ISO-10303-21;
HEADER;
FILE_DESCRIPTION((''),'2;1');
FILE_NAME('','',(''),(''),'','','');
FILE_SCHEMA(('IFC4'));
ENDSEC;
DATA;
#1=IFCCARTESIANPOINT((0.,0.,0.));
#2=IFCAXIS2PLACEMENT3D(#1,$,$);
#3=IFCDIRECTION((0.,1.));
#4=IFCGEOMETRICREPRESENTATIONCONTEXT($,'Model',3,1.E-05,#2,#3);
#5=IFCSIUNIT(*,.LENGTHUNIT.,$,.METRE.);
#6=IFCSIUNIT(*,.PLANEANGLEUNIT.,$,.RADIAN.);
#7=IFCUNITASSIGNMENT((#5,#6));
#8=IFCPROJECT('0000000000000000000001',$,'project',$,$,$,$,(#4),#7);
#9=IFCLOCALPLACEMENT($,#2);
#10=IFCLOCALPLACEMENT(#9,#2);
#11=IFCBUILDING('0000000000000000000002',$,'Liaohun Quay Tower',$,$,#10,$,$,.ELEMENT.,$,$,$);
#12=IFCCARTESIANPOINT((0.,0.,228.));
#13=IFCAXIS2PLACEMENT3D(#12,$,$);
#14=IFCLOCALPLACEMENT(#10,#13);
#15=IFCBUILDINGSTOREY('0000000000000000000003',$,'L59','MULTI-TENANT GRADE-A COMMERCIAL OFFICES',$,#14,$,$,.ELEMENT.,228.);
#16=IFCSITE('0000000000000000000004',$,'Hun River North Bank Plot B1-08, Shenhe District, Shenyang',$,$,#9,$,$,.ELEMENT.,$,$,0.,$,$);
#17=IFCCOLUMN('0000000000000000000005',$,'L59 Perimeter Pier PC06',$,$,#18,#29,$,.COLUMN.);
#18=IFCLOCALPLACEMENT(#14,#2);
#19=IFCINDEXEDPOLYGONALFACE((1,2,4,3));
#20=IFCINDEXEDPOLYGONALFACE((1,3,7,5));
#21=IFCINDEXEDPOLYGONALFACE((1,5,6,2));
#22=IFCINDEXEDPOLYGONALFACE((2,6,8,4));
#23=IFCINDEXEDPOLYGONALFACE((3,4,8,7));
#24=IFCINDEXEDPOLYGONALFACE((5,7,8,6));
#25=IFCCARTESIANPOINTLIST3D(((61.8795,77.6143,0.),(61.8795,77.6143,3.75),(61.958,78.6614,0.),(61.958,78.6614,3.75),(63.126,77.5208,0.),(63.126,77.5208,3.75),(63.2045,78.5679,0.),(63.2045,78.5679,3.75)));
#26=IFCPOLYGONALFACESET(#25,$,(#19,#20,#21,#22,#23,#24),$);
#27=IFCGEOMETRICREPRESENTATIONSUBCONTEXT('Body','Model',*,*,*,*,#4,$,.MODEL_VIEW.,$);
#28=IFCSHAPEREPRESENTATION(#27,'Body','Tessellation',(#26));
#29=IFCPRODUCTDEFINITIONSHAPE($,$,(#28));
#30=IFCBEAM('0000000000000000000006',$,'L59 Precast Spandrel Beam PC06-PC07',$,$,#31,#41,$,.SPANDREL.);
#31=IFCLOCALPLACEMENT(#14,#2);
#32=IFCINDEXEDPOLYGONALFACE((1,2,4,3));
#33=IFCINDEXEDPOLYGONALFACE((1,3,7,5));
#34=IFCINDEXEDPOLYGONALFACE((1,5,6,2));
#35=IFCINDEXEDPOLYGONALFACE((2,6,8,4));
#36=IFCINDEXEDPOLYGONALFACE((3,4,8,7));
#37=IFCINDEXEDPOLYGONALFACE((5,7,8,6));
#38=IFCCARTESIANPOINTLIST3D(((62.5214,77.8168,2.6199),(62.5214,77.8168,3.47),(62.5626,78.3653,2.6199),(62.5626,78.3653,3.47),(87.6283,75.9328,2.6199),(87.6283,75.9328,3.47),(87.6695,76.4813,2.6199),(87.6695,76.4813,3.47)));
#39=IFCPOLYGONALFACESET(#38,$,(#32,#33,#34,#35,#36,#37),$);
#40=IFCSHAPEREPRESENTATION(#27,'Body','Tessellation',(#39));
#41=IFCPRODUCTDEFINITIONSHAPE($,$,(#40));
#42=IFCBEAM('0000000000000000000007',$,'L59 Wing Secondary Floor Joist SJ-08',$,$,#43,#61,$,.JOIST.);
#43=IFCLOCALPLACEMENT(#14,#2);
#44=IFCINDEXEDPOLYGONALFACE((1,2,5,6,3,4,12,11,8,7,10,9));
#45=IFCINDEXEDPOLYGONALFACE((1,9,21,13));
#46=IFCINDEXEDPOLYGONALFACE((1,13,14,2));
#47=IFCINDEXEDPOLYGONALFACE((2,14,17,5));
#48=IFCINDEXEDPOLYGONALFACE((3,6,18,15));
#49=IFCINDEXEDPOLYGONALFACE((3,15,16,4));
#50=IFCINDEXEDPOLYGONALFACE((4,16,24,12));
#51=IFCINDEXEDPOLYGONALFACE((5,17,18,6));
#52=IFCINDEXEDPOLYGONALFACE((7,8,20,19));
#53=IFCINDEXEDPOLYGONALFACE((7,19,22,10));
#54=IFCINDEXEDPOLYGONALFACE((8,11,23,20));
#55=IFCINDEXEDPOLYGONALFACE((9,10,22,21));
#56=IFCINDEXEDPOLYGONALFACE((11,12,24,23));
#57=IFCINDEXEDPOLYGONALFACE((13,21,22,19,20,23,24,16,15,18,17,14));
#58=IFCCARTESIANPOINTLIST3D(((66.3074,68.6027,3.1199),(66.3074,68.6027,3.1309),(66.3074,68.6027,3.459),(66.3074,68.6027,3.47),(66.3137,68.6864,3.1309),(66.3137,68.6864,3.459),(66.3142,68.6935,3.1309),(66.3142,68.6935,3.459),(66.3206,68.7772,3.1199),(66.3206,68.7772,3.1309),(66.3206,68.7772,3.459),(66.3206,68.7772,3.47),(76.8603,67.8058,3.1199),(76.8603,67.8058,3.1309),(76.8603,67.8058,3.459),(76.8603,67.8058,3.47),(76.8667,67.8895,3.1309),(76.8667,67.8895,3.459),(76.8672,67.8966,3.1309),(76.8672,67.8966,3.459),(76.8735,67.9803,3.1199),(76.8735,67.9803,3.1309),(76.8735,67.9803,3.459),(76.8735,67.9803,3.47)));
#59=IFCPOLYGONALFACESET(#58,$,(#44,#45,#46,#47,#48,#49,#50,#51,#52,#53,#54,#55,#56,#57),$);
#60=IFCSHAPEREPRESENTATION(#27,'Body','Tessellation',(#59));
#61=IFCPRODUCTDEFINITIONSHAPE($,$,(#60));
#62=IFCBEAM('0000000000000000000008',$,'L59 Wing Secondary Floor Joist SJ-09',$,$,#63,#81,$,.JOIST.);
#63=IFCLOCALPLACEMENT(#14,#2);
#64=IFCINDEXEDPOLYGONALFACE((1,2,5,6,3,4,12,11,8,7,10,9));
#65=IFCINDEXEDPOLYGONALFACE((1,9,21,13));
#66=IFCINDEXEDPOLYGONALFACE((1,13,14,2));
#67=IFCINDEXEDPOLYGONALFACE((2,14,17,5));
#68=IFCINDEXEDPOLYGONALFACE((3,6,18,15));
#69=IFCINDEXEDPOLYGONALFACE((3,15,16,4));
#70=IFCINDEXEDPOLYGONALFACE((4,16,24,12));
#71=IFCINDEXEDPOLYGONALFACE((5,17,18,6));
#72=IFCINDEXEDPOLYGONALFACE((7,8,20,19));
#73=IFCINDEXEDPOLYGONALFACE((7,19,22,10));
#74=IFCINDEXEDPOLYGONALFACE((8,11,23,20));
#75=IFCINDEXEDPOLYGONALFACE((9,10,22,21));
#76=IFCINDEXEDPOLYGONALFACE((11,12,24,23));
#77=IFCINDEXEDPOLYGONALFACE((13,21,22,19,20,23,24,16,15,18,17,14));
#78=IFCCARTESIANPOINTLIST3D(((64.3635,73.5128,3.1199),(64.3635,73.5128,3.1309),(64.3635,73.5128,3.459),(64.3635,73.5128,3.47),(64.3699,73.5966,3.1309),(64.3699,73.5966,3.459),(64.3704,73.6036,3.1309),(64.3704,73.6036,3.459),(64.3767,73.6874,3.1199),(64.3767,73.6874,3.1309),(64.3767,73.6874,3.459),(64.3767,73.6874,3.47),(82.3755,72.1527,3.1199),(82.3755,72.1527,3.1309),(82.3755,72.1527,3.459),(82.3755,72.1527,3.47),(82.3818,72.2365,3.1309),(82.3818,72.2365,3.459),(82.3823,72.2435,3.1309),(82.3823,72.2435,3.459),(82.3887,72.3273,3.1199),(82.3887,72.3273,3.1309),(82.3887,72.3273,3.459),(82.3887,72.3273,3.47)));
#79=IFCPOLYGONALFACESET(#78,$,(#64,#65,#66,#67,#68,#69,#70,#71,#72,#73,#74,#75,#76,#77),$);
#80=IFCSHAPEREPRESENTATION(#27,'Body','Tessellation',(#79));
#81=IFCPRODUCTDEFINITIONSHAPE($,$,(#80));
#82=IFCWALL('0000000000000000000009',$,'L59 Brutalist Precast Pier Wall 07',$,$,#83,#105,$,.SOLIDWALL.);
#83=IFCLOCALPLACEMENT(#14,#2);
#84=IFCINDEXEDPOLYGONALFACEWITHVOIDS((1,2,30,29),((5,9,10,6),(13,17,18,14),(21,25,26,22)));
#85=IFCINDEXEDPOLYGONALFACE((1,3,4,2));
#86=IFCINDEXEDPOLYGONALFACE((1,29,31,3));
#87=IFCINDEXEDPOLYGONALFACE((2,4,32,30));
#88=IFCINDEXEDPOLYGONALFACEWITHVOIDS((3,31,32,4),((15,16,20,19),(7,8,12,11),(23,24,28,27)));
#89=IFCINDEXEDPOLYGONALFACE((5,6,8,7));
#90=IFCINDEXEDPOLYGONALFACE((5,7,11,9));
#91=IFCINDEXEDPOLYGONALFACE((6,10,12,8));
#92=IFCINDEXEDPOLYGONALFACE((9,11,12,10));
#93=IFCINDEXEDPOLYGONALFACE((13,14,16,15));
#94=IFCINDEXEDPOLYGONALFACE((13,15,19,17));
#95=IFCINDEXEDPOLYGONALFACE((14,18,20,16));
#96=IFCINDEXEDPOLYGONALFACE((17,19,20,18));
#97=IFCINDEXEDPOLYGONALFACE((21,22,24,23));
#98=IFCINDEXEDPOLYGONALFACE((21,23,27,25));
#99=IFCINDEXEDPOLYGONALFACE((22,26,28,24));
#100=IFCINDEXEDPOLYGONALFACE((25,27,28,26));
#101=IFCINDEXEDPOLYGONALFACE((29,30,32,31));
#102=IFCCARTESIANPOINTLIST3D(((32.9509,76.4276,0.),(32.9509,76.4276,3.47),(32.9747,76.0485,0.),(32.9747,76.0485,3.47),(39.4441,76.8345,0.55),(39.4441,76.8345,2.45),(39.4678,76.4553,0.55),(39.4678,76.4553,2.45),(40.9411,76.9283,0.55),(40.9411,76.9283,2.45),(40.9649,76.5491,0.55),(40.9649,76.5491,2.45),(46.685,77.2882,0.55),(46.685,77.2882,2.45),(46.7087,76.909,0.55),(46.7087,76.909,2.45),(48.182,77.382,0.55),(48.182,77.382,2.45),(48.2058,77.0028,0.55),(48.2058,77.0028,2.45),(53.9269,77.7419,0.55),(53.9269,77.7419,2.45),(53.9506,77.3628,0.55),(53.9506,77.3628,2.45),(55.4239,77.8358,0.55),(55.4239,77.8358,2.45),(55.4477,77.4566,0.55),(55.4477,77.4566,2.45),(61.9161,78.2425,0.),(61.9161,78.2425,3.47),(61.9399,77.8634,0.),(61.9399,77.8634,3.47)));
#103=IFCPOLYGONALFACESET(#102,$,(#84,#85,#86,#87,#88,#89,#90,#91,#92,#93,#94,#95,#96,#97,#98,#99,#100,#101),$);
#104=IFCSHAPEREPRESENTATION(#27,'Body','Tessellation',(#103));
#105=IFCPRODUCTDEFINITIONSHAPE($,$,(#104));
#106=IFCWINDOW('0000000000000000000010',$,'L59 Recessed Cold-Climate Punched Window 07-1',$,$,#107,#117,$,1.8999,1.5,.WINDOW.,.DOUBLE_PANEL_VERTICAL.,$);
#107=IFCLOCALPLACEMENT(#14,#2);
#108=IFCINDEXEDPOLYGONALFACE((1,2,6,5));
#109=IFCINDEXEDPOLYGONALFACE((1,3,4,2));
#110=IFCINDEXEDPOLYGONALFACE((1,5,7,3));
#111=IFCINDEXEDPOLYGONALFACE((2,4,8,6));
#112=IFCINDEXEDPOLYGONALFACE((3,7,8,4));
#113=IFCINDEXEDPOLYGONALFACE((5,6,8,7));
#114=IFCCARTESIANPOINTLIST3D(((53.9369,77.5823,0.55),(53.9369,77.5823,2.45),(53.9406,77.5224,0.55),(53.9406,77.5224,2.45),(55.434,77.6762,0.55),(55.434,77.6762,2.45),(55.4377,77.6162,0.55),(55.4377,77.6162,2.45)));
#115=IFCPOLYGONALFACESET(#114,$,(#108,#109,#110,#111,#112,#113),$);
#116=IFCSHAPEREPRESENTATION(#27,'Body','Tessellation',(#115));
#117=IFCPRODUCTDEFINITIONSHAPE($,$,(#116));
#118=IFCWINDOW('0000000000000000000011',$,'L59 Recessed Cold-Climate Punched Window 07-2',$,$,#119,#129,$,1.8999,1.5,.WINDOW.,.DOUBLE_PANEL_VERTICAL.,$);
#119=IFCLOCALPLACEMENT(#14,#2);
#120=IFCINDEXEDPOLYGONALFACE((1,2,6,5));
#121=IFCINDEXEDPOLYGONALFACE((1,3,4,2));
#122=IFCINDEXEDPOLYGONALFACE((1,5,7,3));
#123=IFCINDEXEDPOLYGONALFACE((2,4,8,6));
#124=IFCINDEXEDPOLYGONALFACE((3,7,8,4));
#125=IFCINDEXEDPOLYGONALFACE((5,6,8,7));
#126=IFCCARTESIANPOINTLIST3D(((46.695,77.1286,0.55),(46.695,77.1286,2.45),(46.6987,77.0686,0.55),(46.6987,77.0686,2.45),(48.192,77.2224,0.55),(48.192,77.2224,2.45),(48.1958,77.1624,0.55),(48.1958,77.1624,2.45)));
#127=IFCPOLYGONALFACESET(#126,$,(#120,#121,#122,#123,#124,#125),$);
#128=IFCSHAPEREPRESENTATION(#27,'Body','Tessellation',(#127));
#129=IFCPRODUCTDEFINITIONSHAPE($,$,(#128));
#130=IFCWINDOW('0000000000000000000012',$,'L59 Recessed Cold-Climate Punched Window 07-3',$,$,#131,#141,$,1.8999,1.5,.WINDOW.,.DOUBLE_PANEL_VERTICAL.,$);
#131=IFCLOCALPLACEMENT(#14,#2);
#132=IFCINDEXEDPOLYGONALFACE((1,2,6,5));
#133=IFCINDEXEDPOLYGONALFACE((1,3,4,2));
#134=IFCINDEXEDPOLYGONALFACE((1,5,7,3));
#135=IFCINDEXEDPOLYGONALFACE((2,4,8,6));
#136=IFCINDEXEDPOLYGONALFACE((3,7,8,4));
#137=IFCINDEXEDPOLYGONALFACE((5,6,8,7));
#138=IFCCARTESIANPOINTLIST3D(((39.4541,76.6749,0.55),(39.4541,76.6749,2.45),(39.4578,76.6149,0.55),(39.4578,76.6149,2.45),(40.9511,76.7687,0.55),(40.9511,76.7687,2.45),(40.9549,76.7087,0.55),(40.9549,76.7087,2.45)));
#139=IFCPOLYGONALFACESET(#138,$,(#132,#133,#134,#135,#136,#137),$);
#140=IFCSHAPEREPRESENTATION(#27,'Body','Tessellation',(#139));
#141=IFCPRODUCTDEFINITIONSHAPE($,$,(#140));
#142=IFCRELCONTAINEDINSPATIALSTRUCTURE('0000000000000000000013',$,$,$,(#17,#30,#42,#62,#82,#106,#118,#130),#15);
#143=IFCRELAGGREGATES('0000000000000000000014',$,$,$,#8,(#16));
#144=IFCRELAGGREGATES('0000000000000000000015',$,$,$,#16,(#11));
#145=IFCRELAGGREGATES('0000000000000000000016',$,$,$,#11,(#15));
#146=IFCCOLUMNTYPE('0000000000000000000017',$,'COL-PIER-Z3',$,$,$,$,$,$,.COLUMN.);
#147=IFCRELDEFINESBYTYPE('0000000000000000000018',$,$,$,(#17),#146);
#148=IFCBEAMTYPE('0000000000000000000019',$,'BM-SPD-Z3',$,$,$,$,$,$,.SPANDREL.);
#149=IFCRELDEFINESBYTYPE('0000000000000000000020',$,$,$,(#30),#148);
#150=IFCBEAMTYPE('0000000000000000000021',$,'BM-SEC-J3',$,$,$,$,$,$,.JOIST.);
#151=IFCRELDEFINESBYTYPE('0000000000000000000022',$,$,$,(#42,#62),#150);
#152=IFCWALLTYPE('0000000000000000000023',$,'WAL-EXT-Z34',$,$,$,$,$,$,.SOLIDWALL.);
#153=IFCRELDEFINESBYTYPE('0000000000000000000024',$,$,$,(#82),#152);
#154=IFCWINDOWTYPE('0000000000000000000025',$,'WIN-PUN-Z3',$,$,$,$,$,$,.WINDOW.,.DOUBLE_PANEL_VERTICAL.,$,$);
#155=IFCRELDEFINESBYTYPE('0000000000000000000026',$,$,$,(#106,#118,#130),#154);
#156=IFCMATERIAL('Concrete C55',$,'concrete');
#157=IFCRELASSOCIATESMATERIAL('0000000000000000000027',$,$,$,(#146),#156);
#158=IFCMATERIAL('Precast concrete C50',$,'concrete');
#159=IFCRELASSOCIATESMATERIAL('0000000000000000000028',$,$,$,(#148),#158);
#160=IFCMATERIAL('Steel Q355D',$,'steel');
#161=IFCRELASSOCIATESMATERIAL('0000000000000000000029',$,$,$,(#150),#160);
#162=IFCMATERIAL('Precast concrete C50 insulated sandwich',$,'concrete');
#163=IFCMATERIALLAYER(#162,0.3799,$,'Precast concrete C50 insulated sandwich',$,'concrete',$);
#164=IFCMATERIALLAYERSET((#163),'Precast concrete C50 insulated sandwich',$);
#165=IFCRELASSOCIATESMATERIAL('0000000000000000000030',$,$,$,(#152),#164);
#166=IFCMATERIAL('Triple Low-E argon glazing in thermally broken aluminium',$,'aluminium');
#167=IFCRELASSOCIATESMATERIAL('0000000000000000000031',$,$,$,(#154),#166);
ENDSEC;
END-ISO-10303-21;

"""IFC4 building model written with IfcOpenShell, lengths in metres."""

from ifc_helpers import new_model, si_unit, direction, frame, frame_2d, origin, origin_2d, place, context, subcontext, project, spatial, rectangle, i_section, extrude, source, transform, mapped, material, layer, layer_set, material_profile, profile_set, type_object, element, fill, save


model = new_model("IFC4")

# Units and contexts
model_context = context("Model", 3, precision=1e-05, world=origin(), true_north=direction((0.0, 1.0)))
body_context = subcontext(model_context, "Body", "Model", "MODEL_VIEW")
ifc_project = project(units=[si_unit("LENGTHUNIT", "METRE"), si_unit("PLANEANGLEUNIT", "RADIAN")], contexts=[model_context])

# Site, building, storey
site_placement = place(None, origin())
site = spatial("IfcSite", under=ifc_project, at=site_placement, Name="Hun River North Bank Plot B1-08, Shenhe District, Shenyang", CompositionType="ELEMENT", RefElevation=0.0)
building_placement = place(site_placement, origin())
building = spatial("IfcBuilding", under=site, at=building_placement, Name="Liaohun Quay Tower", CompositionType="ELEMENT")
storey_placement = place(building_placement, frame((0.0, 0.0, 228.0)))
storey = spatial("IfcBuildingStorey", under=building, at=storey_placement, Name="L59", Description="MULTI-TENANT GRADE-A COMMERCIAL OFFICES", CompositionType="ELEMENT", Elevation=228.0)

# Column
ifc_material_1 = material(Name="Concrete C55", Category="concrete")
ifc_material_profile_1 = material_profile(ifc_material_1, rectangle(XDim=1.25, YDim=1.05, at=origin_2d()), Name="RC1250x1050")
ifc_profile_set_1 = profile_set([ifc_material_profile_1], Name="Concrete C55")
column_type = type_object("IfcColumnType", Name="COL-PIER-Z3", PredefinedType="COLUMN", material=ifc_profile_set_1)
shared_shape_1 = source(origin(), body_context, "Body", "SweptSolid", [
    extrude(rectangle(XDim=1.25, YDim=1.05, at=origin_2d()), origin(), (0.0, 0.0, 1.0), 3.75),
])
column_placement = place(storey_placement, frame((62.542, 78.0911, 0.0), z_axis=(0.0, 0.0, 1.0), x_axis=(-0.997198, 0.074805, 0.0)))
element("IfcColumn", 1, at=column_placement, inside=storey, type_object=column_type, Name="L59 Perimeter Pier PC06", PredefinedType="COLUMN", context=body_context, shape_type="MappedRepresentation", body=[
    mapped(shared_shape_1, transform((0.0, 0.0, 0.0), x_axis=(1.0, 0.0, 0.0), y_axis=(0.0, 1.0, 0.0), z_axis=(0.0, 0.0, 1.0), scale=1.0)),
])

# Beams
ifc_material_2 = material(Name="Precast concrete C50", Category="concrete")
ifc_material_profile_2 = material_profile(ifc_material_2, rectangle(XDim=0.55, YDim=0.8501, at=origin_2d()), Name="RC550x850")
ifc_profile_set_2 = profile_set([ifc_material_profile_2], Name="Precast concrete C50")
beam_type_1 = type_object("IfcBeamType", Name="BM-SPD-Z3", PredefinedType="SPANDREL", material=ifc_profile_set_2)
shared_shape_2 = source(origin(), body_context, "Body", "SweptSolid", [
    extrude(rectangle(XDim=0.55, YDim=0.8501, at=origin_2d()), origin(), (0.0, 0.0, 1.0), 25.1775),
])
beam_1_placement = place(storey_placement, frame((62.542, 78.0911, 3.0449), z_axis=(0.997196, -0.07483, 0.0), x_axis=(0.07483, 0.997196, 0.0)))
element("IfcBeam", 2, at=beam_1_placement, inside=storey, type_object=beam_type_1, Name="L59 Precast Spandrel Beam PC06-PC07", PredefinedType="SPANDREL", context=body_context, shape_type="MappedRepresentation", body=[
    mapped(shared_shape_2, transform((0.0, 0.0, 0.0), x_axis=(1.0, 0.0, 0.0), y_axis=(0.0, 1.0, 0.0), z_axis=(0.0, 0.0, 1.0), scale=1.0)),
])
ifc_material_3 = material(Name="Steel Q355D", Category="steel")
ifc_material_profile_3 = material_profile(ifc_material_3, i_section(OverallWidth=0.175, OverallDepth=0.3501, WebThickness=0.0071, FlangeThickness=0.011, at=origin_2d()), Name="HN350x175x7x11")
ifc_profile_set_3 = profile_set([ifc_material_profile_3], Name="Steel Q355D")
beam_type_2 = type_object("IfcBeamType", Name="BM-SEC-J3", PredefinedType="JOIST", material=ifc_profile_set_3)
shared_shape_3 = source(origin(), body_context, "Body", "SweptSolid", [
    extrude(i_section(OverallWidth=0.175, OverallDepth=0.3501, WebThickness=0.0071, FlangeThickness=0.011, at=origin_2d()), origin(), (0.0, 0.0, 1.0), 10.583),
])
beam_2_placement = place(storey_placement, frame((66.314, 68.6899, 3.2949), z_axis=(0.997161, -0.075297, 0.0), x_axis=(0.075297, 0.997161, 0.0)))
element("IfcBeam", 3, at=beam_2_placement, inside=storey, type_object=beam_type_2, Name="L59 Wing Secondary Floor Joist SJ-08", PredefinedType="JOIST", context=body_context, shape_type="MappedRepresentation", body=[
    mapped(shared_shape_3, transform((0.0, 0.0, 0.0), x_axis=(1.0, 0.0, 0.0), y_axis=(0.0, 1.0, 0.0), z_axis=(0.0, 0.0, 1.0), scale=1.0)),
])
shared_shape_4 = source(origin(), body_context, "Body", "SweptSolid", [
    extrude(i_section(OverallWidth=0.175, OverallDepth=0.3501, WebThickness=0.0071, FlangeThickness=0.011, at=origin_2d()), origin(), (0.0, 0.0, 1.0), 18.0632),
])
beam_3_placement = place(storey_placement, frame((64.3701, 73.6001, 3.2949), z_axis=(0.997161, -0.075297, 0.0), x_axis=(0.075297, 0.997161, 0.0)))
element("IfcBeam", 4, at=beam_3_placement, inside=storey, type_object=beam_type_2, Name="L59 Wing Secondary Floor Joist SJ-09", PredefinedType="JOIST", context=body_context, shape_type="MappedRepresentation", body=[
    mapped(shared_shape_4, transform((0.0, 0.0, 0.0), x_axis=(1.0, 0.0, 0.0), y_axis=(0.0, 1.0, 0.0), z_axis=(0.0, 0.0, 1.0), scale=1.0)),
])

# Wall, openings, windows
ifc_material_4 = material(Name="Precast concrete C50 insulated sandwich", Category="concrete")
ifc_layer_1 = layer(ifc_material_4, 0.3799, Name="Precast concrete C50 insulated sandwich", Category="concrete")
ifc_layer_set_1 = layer_set([ifc_layer_1], Name="Precast concrete C50 insulated sandwich")
wall_type_1 = type_object("IfcWallType", Name="WAL-EXT-Z34", PredefinedType="SOLIDWALL", material=ifc_layer_set_1)
wall_1_placement = place(storey_placement, frame((61.928, 78.053, 0.0), z_axis=(0.0, 0.0, 1.0), x_axis=(-0.998043, -0.062537, 0.0)))
wall_1 = element("IfcWall", 5, at=wall_1_placement, inside=storey, type_object=wall_type_1, Name="L59 Brutalist Precast Pier Wall 07", PredefinedType="SOLIDWALL", context=body_context, shape_type="SweptSolid", body=[
    extrude(rectangle(XDim=29.022, YDim=0.3799, at=frame_2d((14.511, 0.0))), origin(), (0.0, 0.0, 1.0), 3.47),
])
shared_shape_5 = source(origin(), body_context, "Body", "SweptSolid", [
    extrude(rectangle(XDim=1.5, YDim=1.8999, at=frame_2d((0.75, 0.95))), frame((0.0, 0.2, 0.0), z_axis=(0.0, -1.0, 0.0), x_axis=(1.0, 0.0, 0.0)), (0.0, 0.0, 1.0), 0.3999),
])
opening_1_placement = place(wall_1_placement, frame((6.5049, 0.0, 0.55)))
opening_1 = element("IfcOpeningElement", 6, at=opening_1_placement, cuts=wall_1, PredefinedType="OPENING", context=body_context, shape_type="MappedRepresentation", body=[
    mapped(shared_shape_5, transform((0.0, 0.0, 0.0), x_axis=(1.0, 0.0, 0.0), y_axis=(0.0, 1.0, 0.0), z_axis=(0.0, 0.0, 1.0), scale=1.0)),
])
opening_2_placement = place(wall_1_placement, frame((13.761, 0.0, 0.55)))
opening_2 = element("IfcOpeningElement", 7, at=opening_2_placement, cuts=wall_1, PredefinedType="OPENING", context=body_context, shape_type="MappedRepresentation", body=[
    mapped(shared_shape_5, transform((0.0, 0.0, 0.0), x_axis=(1.0, 0.0, 0.0), y_axis=(0.0, 1.0, 0.0), z_axis=(0.0, 0.0, 1.0), scale=1.0)),
])
opening_3_placement = place(wall_1_placement, frame((21.0161, 0.0, 0.55)))
opening_3 = element("IfcOpeningElement", 8, at=opening_3_placement, cuts=wall_1, PredefinedType="OPENING", context=body_context, shape_type="MappedRepresentation", body=[
    mapped(shared_shape_5, transform((0.0, 0.0, 0.0), x_axis=(1.0, 0.0, 0.0), y_axis=(0.0, 1.0, 0.0), z_axis=(0.0, 0.0, 1.0), scale=1.0)),
])
ifc_material_5 = material(Name="Triple Low-E argon glazing in thermally broken aluminium", Category="aluminium")
window_type = type_object("IfcWindowType", Name="WIN-PUN-Z3", PartitioningType="DOUBLE_PANEL_VERTICAL", PredefinedType="WINDOW", material=ifc_material_5)
shared_shape_6 = source(origin(), body_context, "Body", "SweptSolid", [
    extrude(rectangle(XDim=1.5, YDim=1.8999, at=frame_2d((0.75, 0.95))), frame((0.0, 0.03, 0.0), z_axis=(0.0, -1.0, 0.0), x_axis=(1.0, 0.0, 0.0)), (0.0, 0.0, 1.0), 0.0601),
])
window_1_placement = place(opening_1_placement, origin())
window_1 = element("IfcWindow", 9, at=window_1_placement, inside=storey, type_object=window_type, Name="L59 Recessed Cold-Climate Punched Window 07-1", OverallHeight=1.8999, OverallWidth=1.5, PartitioningType="DOUBLE_PANEL_VERTICAL", PredefinedType="WINDOW", context=body_context, shape_type="MappedRepresentation", body=[
    mapped(shared_shape_6, transform((0.0, 0.0, 0.0), x_axis=(1.0, 0.0, 0.0), y_axis=(0.0, 1.0, 0.0), z_axis=(0.0, 0.0, 1.0), scale=1.0)),
])
fill(opening_1, window_1)
window_2_placement = place(opening_2_placement, origin())
window_2 = element("IfcWindow", 10, at=window_2_placement, inside=storey, type_object=window_type, Name="L59 Recessed Cold-Climate Punched Window 07-2", OverallHeight=1.8999, OverallWidth=1.5, PartitioningType="DOUBLE_PANEL_VERTICAL", PredefinedType="WINDOW", context=body_context, shape_type="MappedRepresentation", body=[
    mapped(shared_shape_6, transform((0.0, 0.0, 0.0), x_axis=(1.0, 0.0, 0.0), y_axis=(0.0, 1.0, 0.0), z_axis=(0.0, 0.0, 1.0), scale=1.0)),
])
fill(opening_2, window_2)
window_3_placement = place(opening_3_placement, origin())
window_3 = element("IfcWindow", 11, at=window_3_placement, inside=storey, type_object=window_type, Name="L59 Recessed Cold-Climate Punched Window 07-3", OverallHeight=1.8999, OverallWidth=1.5, PartitioningType="DOUBLE_PANEL_VERTICAL", PredefinedType="WINDOW", context=body_context, shape_type="MappedRepresentation", body=[
    mapped(shared_shape_6, transform((0.0, 0.0, 0.0), x_axis=(1.0, 0.0, 0.0), y_axis=(0.0, 1.0, 0.0), z_axis=(0.0, 0.0, 1.0), scale=1.0)),
])
fill(opening_3, window_3)

save(model, "model.ifc")
